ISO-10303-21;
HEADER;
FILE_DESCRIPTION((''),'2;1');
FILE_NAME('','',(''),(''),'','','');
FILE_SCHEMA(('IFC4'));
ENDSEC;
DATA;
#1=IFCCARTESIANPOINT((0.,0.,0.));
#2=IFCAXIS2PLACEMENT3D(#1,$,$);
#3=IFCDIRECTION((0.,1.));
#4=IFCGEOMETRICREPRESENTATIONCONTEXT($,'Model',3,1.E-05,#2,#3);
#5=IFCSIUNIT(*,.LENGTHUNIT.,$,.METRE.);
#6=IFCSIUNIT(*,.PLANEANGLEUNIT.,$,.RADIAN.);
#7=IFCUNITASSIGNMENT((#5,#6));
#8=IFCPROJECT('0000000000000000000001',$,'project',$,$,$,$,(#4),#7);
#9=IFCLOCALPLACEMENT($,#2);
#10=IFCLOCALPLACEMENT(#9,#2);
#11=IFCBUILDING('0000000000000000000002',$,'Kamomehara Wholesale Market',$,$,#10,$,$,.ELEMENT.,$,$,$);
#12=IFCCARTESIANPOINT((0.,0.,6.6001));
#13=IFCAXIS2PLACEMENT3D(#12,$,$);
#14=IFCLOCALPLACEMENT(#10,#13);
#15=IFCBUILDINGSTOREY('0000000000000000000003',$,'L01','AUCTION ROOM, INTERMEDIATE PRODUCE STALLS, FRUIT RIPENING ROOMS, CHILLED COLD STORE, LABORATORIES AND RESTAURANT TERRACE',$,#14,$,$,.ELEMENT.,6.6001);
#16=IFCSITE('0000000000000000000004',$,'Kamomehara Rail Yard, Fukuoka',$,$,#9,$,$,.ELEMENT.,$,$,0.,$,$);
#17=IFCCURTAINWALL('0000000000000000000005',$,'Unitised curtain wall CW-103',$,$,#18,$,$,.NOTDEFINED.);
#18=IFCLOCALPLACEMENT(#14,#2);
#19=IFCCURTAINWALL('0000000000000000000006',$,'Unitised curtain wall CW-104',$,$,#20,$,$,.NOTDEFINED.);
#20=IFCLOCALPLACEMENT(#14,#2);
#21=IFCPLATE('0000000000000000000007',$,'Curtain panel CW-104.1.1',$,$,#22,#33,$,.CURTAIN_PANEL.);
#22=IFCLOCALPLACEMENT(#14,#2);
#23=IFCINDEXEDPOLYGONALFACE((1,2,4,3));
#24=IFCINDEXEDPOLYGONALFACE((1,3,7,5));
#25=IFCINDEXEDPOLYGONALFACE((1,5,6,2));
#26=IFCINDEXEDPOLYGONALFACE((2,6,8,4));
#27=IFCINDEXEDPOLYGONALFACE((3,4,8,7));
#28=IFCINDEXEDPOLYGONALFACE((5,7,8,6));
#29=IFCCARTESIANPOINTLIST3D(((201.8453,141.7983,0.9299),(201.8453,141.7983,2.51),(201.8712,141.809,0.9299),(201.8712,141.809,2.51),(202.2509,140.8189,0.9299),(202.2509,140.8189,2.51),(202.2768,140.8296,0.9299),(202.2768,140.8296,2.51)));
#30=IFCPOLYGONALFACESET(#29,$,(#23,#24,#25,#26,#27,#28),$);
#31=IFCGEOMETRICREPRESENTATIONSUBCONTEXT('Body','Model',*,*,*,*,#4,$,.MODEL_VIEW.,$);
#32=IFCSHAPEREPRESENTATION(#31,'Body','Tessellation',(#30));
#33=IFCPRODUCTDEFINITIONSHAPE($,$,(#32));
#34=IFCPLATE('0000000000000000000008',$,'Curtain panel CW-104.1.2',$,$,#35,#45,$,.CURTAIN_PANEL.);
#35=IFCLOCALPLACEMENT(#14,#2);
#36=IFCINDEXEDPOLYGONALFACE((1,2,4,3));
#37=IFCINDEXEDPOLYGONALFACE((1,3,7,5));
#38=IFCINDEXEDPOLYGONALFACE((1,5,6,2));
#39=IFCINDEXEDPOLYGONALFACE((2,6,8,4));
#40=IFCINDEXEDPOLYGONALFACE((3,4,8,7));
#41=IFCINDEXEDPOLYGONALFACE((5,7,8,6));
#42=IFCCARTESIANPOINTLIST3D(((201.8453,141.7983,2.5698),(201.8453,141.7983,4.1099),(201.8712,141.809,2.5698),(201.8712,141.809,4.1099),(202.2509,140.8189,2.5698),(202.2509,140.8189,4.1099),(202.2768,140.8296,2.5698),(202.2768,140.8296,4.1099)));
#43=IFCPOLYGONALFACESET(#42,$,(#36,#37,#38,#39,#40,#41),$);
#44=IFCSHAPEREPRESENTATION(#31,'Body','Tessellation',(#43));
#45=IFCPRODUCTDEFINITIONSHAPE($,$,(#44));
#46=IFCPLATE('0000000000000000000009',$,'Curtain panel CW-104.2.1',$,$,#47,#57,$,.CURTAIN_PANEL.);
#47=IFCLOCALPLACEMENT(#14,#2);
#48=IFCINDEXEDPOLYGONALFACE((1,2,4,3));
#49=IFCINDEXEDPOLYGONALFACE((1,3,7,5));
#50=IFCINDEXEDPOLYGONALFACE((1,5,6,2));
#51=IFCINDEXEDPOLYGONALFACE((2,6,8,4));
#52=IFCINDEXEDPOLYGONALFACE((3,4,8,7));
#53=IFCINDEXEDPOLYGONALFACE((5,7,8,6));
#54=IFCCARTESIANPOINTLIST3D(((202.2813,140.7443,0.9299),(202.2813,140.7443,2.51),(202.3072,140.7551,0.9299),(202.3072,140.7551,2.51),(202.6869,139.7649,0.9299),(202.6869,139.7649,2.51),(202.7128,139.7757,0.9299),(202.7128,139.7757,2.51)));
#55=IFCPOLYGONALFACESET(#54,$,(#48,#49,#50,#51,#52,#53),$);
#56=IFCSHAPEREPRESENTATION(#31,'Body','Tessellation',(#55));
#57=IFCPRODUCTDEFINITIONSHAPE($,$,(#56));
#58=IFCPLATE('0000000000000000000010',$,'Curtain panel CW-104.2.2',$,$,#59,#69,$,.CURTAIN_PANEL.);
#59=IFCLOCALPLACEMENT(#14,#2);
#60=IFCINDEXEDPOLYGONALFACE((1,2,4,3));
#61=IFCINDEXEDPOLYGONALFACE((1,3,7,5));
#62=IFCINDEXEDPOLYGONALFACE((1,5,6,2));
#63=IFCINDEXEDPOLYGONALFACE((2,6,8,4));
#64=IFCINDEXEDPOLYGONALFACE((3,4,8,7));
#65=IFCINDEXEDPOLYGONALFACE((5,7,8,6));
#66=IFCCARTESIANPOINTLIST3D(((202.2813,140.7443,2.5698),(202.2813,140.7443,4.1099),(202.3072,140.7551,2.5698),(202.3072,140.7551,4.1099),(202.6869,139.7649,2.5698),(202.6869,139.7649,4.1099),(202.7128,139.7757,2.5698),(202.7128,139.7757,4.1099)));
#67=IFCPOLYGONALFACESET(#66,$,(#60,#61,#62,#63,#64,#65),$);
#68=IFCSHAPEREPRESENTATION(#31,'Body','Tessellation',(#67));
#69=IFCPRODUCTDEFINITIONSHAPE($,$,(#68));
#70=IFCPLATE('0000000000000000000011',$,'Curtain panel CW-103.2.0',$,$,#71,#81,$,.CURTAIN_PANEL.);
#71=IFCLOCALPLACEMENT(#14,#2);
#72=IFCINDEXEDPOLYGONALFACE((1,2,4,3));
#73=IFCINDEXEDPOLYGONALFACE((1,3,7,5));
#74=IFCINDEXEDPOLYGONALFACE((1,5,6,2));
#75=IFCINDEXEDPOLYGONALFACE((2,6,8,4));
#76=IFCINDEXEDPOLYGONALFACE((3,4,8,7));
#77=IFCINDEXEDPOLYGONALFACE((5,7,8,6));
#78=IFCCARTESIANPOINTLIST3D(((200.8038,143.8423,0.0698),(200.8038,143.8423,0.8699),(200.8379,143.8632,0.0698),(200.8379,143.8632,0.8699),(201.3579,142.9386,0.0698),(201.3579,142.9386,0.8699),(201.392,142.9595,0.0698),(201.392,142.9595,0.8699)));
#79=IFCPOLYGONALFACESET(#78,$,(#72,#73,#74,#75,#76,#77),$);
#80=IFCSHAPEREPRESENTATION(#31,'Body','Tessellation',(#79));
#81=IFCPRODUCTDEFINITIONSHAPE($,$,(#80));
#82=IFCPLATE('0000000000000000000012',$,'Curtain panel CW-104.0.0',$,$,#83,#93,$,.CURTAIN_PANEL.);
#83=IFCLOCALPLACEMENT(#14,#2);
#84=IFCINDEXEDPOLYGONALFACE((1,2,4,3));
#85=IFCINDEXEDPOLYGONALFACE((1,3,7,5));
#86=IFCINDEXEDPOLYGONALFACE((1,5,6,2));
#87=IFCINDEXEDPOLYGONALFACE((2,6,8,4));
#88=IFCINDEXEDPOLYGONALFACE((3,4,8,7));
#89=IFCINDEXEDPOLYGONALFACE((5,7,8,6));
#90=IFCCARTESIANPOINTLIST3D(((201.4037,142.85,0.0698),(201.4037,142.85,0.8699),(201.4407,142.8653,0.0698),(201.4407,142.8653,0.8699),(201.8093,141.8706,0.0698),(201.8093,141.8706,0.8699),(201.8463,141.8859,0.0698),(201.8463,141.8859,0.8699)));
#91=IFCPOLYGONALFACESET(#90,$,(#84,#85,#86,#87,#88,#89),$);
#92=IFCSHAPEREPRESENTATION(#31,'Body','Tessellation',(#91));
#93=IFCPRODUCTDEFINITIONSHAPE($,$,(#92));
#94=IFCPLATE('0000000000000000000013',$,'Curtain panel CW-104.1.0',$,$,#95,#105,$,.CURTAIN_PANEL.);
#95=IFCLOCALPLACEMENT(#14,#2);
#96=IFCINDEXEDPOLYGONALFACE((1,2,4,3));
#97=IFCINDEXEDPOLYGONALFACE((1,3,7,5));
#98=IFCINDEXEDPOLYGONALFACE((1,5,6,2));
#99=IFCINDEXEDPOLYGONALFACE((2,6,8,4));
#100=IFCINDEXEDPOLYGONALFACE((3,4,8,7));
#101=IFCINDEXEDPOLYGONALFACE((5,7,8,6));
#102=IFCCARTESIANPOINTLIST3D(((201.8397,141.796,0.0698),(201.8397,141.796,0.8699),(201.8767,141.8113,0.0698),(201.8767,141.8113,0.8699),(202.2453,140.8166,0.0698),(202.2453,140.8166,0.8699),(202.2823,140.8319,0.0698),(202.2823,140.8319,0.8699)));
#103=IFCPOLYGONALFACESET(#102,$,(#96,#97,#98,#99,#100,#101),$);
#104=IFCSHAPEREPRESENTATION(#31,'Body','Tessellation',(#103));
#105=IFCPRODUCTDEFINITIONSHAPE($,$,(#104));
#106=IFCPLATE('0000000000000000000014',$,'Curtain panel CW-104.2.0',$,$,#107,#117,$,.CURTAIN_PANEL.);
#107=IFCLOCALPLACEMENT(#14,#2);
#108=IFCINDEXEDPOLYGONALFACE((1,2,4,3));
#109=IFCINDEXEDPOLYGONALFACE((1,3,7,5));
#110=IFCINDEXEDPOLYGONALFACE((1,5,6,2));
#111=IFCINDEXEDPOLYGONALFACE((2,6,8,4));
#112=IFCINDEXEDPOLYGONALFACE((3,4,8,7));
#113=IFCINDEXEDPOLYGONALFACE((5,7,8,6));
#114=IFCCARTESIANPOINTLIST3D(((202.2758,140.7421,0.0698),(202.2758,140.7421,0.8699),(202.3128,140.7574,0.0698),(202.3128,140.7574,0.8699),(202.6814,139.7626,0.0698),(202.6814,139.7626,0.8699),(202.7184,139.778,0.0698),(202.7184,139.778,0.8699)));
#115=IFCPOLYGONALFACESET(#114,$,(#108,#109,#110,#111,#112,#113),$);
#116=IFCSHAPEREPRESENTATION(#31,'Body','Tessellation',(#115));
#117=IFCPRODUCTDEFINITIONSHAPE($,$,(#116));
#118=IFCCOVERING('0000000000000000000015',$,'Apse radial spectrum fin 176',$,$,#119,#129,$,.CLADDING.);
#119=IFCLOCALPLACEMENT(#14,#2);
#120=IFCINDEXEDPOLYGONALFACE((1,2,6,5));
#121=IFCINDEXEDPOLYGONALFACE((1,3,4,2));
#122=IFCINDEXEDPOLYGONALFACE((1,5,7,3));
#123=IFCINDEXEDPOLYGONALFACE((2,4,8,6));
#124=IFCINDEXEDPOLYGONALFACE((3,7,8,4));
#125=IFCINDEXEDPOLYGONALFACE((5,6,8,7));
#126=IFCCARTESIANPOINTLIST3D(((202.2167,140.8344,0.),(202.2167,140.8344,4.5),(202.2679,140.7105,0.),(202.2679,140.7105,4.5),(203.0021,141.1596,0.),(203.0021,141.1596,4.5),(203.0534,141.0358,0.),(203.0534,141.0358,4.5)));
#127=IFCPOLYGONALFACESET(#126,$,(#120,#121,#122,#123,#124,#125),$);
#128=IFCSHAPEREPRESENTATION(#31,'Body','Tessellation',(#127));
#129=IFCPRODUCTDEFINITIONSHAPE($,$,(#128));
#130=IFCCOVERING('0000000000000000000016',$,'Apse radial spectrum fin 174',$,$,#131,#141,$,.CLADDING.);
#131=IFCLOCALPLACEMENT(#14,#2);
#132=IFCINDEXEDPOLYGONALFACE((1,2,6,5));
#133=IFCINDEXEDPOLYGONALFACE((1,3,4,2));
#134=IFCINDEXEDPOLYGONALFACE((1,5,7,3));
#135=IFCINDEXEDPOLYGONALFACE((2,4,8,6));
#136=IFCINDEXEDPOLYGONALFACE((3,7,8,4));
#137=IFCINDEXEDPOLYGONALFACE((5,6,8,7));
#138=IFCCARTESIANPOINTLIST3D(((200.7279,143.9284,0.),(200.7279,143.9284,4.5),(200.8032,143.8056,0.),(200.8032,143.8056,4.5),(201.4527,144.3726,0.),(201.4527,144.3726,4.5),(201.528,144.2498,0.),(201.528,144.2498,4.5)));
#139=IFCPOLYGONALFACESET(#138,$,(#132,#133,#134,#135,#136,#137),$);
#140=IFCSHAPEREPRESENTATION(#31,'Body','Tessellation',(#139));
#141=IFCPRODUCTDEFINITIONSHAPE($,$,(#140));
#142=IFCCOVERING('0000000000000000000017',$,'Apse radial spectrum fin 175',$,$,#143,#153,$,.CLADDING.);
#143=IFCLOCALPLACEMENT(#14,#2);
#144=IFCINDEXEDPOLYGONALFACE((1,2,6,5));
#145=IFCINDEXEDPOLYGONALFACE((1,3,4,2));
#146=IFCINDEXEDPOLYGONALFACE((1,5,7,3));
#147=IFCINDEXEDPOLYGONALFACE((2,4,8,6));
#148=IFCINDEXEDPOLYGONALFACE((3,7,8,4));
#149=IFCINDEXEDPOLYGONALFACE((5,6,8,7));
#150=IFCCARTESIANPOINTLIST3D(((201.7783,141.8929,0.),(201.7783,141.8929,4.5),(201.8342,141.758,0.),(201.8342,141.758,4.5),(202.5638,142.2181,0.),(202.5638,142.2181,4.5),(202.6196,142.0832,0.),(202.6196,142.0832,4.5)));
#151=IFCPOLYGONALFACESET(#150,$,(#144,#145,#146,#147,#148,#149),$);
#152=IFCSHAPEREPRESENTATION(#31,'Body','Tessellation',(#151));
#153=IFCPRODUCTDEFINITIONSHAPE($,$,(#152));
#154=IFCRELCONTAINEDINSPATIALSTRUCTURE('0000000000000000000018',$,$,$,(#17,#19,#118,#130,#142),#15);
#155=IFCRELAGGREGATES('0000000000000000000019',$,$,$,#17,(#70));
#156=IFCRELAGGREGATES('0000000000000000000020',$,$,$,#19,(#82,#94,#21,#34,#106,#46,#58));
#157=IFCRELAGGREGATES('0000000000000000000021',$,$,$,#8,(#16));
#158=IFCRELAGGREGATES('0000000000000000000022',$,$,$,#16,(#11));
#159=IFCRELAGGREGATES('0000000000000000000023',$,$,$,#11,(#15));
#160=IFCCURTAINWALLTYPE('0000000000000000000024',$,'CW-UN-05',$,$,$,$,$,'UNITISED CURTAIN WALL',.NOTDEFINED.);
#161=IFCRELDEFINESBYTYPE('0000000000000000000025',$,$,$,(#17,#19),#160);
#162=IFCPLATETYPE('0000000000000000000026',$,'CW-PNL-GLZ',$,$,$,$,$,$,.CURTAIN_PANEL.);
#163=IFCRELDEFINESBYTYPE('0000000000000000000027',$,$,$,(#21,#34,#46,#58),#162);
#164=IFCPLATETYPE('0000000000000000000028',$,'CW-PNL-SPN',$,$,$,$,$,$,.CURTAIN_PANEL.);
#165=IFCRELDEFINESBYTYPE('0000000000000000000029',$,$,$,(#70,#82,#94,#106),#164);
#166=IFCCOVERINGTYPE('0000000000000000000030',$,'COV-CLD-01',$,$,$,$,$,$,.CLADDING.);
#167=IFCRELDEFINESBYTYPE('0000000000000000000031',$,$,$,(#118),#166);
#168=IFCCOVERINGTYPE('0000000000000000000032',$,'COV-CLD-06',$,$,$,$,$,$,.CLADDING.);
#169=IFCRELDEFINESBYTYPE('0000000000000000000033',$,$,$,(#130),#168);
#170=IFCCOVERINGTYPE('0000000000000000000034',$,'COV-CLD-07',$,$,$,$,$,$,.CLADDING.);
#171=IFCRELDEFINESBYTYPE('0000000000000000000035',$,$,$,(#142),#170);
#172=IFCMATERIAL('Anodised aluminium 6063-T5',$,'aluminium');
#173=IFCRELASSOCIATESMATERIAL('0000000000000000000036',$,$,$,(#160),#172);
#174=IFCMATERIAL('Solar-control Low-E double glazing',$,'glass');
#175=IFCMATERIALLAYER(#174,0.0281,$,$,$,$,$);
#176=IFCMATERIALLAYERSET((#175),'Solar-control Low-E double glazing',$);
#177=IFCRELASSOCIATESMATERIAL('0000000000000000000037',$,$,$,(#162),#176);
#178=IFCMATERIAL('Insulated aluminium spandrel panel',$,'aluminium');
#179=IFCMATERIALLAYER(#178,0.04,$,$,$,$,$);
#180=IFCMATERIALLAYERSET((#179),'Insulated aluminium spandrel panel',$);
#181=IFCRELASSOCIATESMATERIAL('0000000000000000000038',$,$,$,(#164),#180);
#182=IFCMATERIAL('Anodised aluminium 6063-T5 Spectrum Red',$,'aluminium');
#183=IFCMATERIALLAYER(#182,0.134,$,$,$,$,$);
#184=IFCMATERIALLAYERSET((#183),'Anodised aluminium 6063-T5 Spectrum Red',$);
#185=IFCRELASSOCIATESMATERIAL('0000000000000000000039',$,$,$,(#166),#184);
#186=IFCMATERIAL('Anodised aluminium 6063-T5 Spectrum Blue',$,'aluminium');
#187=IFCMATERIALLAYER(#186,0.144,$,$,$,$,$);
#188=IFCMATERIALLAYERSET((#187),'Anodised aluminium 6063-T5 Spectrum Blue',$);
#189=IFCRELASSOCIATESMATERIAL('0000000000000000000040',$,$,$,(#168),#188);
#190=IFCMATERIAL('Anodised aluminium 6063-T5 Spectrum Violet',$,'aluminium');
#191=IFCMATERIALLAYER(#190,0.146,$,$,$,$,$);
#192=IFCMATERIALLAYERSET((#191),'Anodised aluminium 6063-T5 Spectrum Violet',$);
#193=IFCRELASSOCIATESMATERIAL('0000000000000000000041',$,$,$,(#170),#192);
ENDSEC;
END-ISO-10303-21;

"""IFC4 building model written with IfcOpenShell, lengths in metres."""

from ifc_helpers import new_model, si_unit, direction, frame, origin, origin_2d, place, context, subcontext, project, spatial, rectangle, extrude, material, layer, layer_set, type_object, element, aggregate, save


model = new_model("IFC4")

# Units and contexts
model_context = context("Model", 3, precision=1e-05, world=origin(), true_north=direction((0.0, 1.0)))
body_context = subcontext(model_context, "Body", "Model", "MODEL_VIEW")
ifc_project = project(units=[si_unit("LENGTHUNIT", "METRE"), si_unit("PLANEANGLEUNIT", "RADIAN")], contexts=[model_context])

# Site, building, storey
site_placement = place(None, origin())
site = spatial("IfcSite", under=ifc_project, at=site_placement, Name="Kamomehara Rail Yard, Fukuoka", CompositionType="ELEMENT", RefElevation=0.0)
building_placement = place(site_placement, origin())
building = spatial("IfcBuilding", under=site, at=building_placement, Name="Kamomehara Wholesale Market", CompositionType="ELEMENT")
storey_placement = place(building_placement, frame((0.0, 0.0, 6.6001)))
storey = spatial("IfcBuildingStorey", under=building, at=storey_placement, Name="L01", Description="AUCTION ROOM, INTERMEDIATE PRODUCE STALLS, FRUIT RIPENING ROOMS, CHILLED COLD STORE, LABORATORIES AND RESTAURANT TERRACE", CompositionType="ELEMENT", Elevation=6.6001)

# Curtain walls
ifc_material_1 = material(Name="Anodised aluminium 6063-T5", Category="aluminium")
curtain_wall_type = type_object("IfcCurtainWallType", Name="CW-UN-05", ElementType="UNITISED CURTAIN WALL", PredefinedType="NOTDEFINED", material=ifc_material_1)
curtain_wall_1_placement = place(storey_placement, origin())
curtain_wall_1 = element("IfcCurtainWall", 1, at=curtain_wall_1_placement, inside=storey, type_object=curtain_wall_type, Name="Unitised curtain wall CW-103", PredefinedType="NOTDEFINED")
curtain_wall_2_placement = place(storey_placement, origin())
curtain_wall_2 = element("IfcCurtainWall", 2, at=curtain_wall_2_placement, inside=storey, type_object=curtain_wall_type, Name="Unitised curtain wall CW-104", PredefinedType="NOTDEFINED")

# Plates
ifc_material_2 = material(Name="Solar-control Low-E double glazing", Category="glass")
ifc_layer_1 = layer(ifc_material_2, 0.0281)
ifc_layer_set_1 = layer_set([ifc_layer_1], Name="Solar-control Low-E double glazing")
plate_type_1 = type_object("IfcPlateType", Name="CW-PNL-GLZ", PredefinedType="CURTAIN_PANEL", material=ifc_layer_set_1)
plate_1_placement = place(storey_placement, frame((202.061, 141.314, 0.9299), z_axis=(0.0, 0.0, 1.0), x_axis=(0.382603, -0.923913, 0.0)))
plate_1 = element("IfcPlate", 3, at=plate_1_placement, type_object=plate_type_1, Name="Curtain panel CW-104.1.1", PredefinedType="CURTAIN_PANEL", context=body_context, shape_type="SweptSolid", body=[
    extrude(rectangle(XDim=1.0601, YDim=0.0281, at=origin_2d()), origin(), (0.0, 0.0, 1.0), 1.5801),
])
plate_2_placement = place(storey_placement, frame((202.061, 141.314, 2.5698), z_axis=(0.0, 0.0, 1.0), x_axis=(0.382603, -0.923913, 0.0)))
plate_2 = element("IfcPlate", 4, at=plate_2_placement, type_object=plate_type_1, Name="Curtain panel CW-104.1.2", PredefinedType="CURTAIN_PANEL", context=body_context, shape_type="SweptSolid", body=[
    extrude(rectangle(XDim=1.0601, YDim=0.0281, at=origin_2d()), origin(), (0.0, 0.0, 1.0), 1.54),
])
plate_3_placement = place(storey_placement, frame((202.4971, 140.26, 0.9299), z_axis=(0.0, 0.0, 1.0), x_axis=(0.382603, -0.923913, 0.0)))
plate_3 = element("IfcPlate", 5, at=plate_3_placement, type_object=plate_type_1, Name="Curtain panel CW-104.2.1", PredefinedType="CURTAIN_PANEL", context=body_context, shape_type="SweptSolid", body=[
    extrude(rectangle(XDim=1.0601, YDim=0.0281, at=origin_2d()), origin(), (0.0, 0.0, 1.0), 1.5801),
])
plate_4_placement = place(storey_placement, frame((202.4971, 140.26, 2.5698), z_axis=(0.0, 0.0, 1.0), x_axis=(0.382603, -0.923913, 0.0)))
plate_4 = element("IfcPlate", 6, at=plate_4_placement, type_object=plate_type_1, Name="Curtain panel CW-104.2.2", PredefinedType="CURTAIN_PANEL", context=body_context, shape_type="SweptSolid", body=[
    extrude(rectangle(XDim=1.0601, YDim=0.0281, at=origin_2d()), origin(), (0.0, 0.0, 1.0), 1.54),
])
ifc_material_3 = material(Name="Insulated aluminium spandrel panel", Category="aluminium")
ifc_layer_2 = layer(ifc_material_3, 0.04)
ifc_layer_set_2 = layer_set([ifc_layer_2], Name="Insulated aluminium spandrel panel")
plate_type_2 = type_object("IfcPlateType", Name="CW-PNL-SPN", PredefinedType="CURTAIN_PANEL", material=ifc_layer_set_2)
plate_5_placement = place(storey_placement, frame((201.0979, 143.4009, 0.0698), z_axis=(0.0, 0.0, 1.0), x_axis=(0.522722, -0.852503, 0.0)))
plate_5 = element("IfcPlate", 7, at=plate_5_placement, type_object=plate_type_2, Name="Curtain panel CW-103.2.0", PredefinedType="CURTAIN_PANEL", context=body_context, shape_type="SweptSolid", body=[
    extrude(rectangle(XDim=1.0601, YDim=0.04, at=origin_2d()), origin(), (0.0, 0.0, 1.0), 0.8),
])
aggregate(curtain_wall_1, [plate_5])
plate_6_placement = place(storey_placement, frame((201.625, 142.3679, 0.0698), z_axis=(0.0, 0.0, 1.0), x_axis=(0.382603, -0.923913, 0.0)))
plate_6 = element("IfcPlate", 8, at=plate_6_placement, type_object=plate_type_2, Name="Curtain panel CW-104.0.0", PredefinedType="CURTAIN_PANEL", context=body_context, shape_type="SweptSolid", body=[
    extrude(rectangle(XDim=1.0601, YDim=0.04, at=origin_2d()), origin(), (0.0, 0.0, 1.0), 0.8),
])
plate_7_placement = place(storey_placement, frame((202.061, 141.314, 0.0698), z_axis=(0.0, 0.0, 1.0), x_axis=(0.382603, -0.923913, 0.0)))
plate_7 = element("IfcPlate", 9, at=plate_7_placement, type_object=plate_type_2, Name="Curtain panel CW-104.1.0", PredefinedType="CURTAIN_PANEL", context=body_context, shape_type="SweptSolid", body=[
    extrude(rectangle(XDim=1.0601, YDim=0.04, at=origin_2d()), origin(), (0.0, 0.0, 1.0), 0.8),
])
plate_8_placement = place(storey_placement, frame((202.4971, 140.26, 0.0698), z_axis=(0.0, 0.0, 1.0), x_axis=(0.382603, -0.923913, 0.0)))
plate_8 = element("IfcPlate", 10, at=plate_8_placement, type_object=plate_type_2, Name="Curtain panel CW-104.2.0", PredefinedType="CURTAIN_PANEL", context=body_context, shape_type="SweptSolid", body=[
    extrude(rectangle(XDim=1.0601, YDim=0.04, at=origin_2d()), origin(), (0.0, 0.0, 1.0), 0.8),
])
aggregate(curtain_wall_2, [plate_6, plate_7, plate_1, plate_2, plate_8, plate_3, plate_4])

# Coverings
ifc_material_4 = material(Name="Anodised aluminium 6063-T5 Spectrum Red", Category="aluminium")
ifc_layer_3 = layer(ifc_material_4, 0.134)
ifc_layer_set_3 = layer_set([ifc_layer_3], Name="Anodised aluminium 6063-T5 Spectrum Red")
covering_type_1 = type_object("IfcCoveringType", Name="COV-CLD-01", PredefinedType="CLADDING", material=ifc_layer_set_3)
covering_1_placement = place(storey_placement, frame((202.635, 140.9351, 0.0), z_axis=(0.0, 0.0, 1.0), x_axis=(0.382571, -0.923926, 0.0)))
element("IfcCovering", 11, at=covering_1_placement, inside=storey, type_object=covering_type_1, Name="Apse radial spectrum fin 176", PredefinedType="CLADDING", context=body_context, shape_type="SweptSolid", body=[
    extrude(rectangle(XDim=0.134, YDim=0.8501, at=origin_2d()), origin(), (0.0, 0.0, 1.0), 4.5),
])
ifc_material_5 = material(Name="Anodised aluminium 6063-T5 Spectrum Blue", Category="aluminium")
ifc_layer_4 = layer(ifc_material_5, 0.144)
ifc_layer_set_4 = layer_set([ifc_layer_4], Name="Anodised aluminium 6063-T5 Spectrum Blue")
covering_type_2 = type_object("IfcCoveringType", Name="COV-CLD-06", PredefinedType="CLADDING", material=ifc_layer_set_4)
covering_2_placement = place(storey_placement, frame((201.1279, 144.0891, 0.0), z_axis=(0.0, 0.0, 1.0), x_axis=(0.522558, -0.852604, 0.0)))
element("IfcCovering", 12, at=covering_2_placement, inside=storey, type_object=covering_type_2, Name="Apse radial spectrum fin 174", PredefinedType="CLADDING", context=body_context, shape_type="SweptSolid", body=[
    extrude(rectangle(XDim=0.144, YDim=0.8501, at=origin_2d()), origin(), (0.0, 0.0, 1.0), 4.5),
])
ifc_material_6 = material(Name="Anodised aluminium 6063-T5 Spectrum Violet", Category="aluminium")
ifc_layer_5 = layer(ifc_material_6, 0.146)
ifc_layer_set_5 = layer_set([ifc_layer_5], Name="Anodised aluminium 6063-T5 Spectrum Violet")
covering_type_3 = type_object("IfcCoveringType", Name="COV-CLD-07", PredefinedType="CLADDING", material=ifc_layer_set_5)
covering_3_placement = place(storey_placement, frame((202.199, 141.988, 0.0), z_axis=(0.0, 0.0, 1.0), x_axis=(0.382571, -0.923926, 0.0)))
element("IfcCovering", 13, at=covering_3_placement, inside=storey, type_object=covering_type_3, Name="Apse radial spectrum fin 175", PredefinedType="CLADDING", context=body_context, shape_type="SweptSolid", body=[
    extrude(rectangle(XDim=0.146, YDim=0.8501, at=origin_2d()), origin(), (0.0, 0.0, 1.0), 4.5),
])

save(model, "model.ifc")
